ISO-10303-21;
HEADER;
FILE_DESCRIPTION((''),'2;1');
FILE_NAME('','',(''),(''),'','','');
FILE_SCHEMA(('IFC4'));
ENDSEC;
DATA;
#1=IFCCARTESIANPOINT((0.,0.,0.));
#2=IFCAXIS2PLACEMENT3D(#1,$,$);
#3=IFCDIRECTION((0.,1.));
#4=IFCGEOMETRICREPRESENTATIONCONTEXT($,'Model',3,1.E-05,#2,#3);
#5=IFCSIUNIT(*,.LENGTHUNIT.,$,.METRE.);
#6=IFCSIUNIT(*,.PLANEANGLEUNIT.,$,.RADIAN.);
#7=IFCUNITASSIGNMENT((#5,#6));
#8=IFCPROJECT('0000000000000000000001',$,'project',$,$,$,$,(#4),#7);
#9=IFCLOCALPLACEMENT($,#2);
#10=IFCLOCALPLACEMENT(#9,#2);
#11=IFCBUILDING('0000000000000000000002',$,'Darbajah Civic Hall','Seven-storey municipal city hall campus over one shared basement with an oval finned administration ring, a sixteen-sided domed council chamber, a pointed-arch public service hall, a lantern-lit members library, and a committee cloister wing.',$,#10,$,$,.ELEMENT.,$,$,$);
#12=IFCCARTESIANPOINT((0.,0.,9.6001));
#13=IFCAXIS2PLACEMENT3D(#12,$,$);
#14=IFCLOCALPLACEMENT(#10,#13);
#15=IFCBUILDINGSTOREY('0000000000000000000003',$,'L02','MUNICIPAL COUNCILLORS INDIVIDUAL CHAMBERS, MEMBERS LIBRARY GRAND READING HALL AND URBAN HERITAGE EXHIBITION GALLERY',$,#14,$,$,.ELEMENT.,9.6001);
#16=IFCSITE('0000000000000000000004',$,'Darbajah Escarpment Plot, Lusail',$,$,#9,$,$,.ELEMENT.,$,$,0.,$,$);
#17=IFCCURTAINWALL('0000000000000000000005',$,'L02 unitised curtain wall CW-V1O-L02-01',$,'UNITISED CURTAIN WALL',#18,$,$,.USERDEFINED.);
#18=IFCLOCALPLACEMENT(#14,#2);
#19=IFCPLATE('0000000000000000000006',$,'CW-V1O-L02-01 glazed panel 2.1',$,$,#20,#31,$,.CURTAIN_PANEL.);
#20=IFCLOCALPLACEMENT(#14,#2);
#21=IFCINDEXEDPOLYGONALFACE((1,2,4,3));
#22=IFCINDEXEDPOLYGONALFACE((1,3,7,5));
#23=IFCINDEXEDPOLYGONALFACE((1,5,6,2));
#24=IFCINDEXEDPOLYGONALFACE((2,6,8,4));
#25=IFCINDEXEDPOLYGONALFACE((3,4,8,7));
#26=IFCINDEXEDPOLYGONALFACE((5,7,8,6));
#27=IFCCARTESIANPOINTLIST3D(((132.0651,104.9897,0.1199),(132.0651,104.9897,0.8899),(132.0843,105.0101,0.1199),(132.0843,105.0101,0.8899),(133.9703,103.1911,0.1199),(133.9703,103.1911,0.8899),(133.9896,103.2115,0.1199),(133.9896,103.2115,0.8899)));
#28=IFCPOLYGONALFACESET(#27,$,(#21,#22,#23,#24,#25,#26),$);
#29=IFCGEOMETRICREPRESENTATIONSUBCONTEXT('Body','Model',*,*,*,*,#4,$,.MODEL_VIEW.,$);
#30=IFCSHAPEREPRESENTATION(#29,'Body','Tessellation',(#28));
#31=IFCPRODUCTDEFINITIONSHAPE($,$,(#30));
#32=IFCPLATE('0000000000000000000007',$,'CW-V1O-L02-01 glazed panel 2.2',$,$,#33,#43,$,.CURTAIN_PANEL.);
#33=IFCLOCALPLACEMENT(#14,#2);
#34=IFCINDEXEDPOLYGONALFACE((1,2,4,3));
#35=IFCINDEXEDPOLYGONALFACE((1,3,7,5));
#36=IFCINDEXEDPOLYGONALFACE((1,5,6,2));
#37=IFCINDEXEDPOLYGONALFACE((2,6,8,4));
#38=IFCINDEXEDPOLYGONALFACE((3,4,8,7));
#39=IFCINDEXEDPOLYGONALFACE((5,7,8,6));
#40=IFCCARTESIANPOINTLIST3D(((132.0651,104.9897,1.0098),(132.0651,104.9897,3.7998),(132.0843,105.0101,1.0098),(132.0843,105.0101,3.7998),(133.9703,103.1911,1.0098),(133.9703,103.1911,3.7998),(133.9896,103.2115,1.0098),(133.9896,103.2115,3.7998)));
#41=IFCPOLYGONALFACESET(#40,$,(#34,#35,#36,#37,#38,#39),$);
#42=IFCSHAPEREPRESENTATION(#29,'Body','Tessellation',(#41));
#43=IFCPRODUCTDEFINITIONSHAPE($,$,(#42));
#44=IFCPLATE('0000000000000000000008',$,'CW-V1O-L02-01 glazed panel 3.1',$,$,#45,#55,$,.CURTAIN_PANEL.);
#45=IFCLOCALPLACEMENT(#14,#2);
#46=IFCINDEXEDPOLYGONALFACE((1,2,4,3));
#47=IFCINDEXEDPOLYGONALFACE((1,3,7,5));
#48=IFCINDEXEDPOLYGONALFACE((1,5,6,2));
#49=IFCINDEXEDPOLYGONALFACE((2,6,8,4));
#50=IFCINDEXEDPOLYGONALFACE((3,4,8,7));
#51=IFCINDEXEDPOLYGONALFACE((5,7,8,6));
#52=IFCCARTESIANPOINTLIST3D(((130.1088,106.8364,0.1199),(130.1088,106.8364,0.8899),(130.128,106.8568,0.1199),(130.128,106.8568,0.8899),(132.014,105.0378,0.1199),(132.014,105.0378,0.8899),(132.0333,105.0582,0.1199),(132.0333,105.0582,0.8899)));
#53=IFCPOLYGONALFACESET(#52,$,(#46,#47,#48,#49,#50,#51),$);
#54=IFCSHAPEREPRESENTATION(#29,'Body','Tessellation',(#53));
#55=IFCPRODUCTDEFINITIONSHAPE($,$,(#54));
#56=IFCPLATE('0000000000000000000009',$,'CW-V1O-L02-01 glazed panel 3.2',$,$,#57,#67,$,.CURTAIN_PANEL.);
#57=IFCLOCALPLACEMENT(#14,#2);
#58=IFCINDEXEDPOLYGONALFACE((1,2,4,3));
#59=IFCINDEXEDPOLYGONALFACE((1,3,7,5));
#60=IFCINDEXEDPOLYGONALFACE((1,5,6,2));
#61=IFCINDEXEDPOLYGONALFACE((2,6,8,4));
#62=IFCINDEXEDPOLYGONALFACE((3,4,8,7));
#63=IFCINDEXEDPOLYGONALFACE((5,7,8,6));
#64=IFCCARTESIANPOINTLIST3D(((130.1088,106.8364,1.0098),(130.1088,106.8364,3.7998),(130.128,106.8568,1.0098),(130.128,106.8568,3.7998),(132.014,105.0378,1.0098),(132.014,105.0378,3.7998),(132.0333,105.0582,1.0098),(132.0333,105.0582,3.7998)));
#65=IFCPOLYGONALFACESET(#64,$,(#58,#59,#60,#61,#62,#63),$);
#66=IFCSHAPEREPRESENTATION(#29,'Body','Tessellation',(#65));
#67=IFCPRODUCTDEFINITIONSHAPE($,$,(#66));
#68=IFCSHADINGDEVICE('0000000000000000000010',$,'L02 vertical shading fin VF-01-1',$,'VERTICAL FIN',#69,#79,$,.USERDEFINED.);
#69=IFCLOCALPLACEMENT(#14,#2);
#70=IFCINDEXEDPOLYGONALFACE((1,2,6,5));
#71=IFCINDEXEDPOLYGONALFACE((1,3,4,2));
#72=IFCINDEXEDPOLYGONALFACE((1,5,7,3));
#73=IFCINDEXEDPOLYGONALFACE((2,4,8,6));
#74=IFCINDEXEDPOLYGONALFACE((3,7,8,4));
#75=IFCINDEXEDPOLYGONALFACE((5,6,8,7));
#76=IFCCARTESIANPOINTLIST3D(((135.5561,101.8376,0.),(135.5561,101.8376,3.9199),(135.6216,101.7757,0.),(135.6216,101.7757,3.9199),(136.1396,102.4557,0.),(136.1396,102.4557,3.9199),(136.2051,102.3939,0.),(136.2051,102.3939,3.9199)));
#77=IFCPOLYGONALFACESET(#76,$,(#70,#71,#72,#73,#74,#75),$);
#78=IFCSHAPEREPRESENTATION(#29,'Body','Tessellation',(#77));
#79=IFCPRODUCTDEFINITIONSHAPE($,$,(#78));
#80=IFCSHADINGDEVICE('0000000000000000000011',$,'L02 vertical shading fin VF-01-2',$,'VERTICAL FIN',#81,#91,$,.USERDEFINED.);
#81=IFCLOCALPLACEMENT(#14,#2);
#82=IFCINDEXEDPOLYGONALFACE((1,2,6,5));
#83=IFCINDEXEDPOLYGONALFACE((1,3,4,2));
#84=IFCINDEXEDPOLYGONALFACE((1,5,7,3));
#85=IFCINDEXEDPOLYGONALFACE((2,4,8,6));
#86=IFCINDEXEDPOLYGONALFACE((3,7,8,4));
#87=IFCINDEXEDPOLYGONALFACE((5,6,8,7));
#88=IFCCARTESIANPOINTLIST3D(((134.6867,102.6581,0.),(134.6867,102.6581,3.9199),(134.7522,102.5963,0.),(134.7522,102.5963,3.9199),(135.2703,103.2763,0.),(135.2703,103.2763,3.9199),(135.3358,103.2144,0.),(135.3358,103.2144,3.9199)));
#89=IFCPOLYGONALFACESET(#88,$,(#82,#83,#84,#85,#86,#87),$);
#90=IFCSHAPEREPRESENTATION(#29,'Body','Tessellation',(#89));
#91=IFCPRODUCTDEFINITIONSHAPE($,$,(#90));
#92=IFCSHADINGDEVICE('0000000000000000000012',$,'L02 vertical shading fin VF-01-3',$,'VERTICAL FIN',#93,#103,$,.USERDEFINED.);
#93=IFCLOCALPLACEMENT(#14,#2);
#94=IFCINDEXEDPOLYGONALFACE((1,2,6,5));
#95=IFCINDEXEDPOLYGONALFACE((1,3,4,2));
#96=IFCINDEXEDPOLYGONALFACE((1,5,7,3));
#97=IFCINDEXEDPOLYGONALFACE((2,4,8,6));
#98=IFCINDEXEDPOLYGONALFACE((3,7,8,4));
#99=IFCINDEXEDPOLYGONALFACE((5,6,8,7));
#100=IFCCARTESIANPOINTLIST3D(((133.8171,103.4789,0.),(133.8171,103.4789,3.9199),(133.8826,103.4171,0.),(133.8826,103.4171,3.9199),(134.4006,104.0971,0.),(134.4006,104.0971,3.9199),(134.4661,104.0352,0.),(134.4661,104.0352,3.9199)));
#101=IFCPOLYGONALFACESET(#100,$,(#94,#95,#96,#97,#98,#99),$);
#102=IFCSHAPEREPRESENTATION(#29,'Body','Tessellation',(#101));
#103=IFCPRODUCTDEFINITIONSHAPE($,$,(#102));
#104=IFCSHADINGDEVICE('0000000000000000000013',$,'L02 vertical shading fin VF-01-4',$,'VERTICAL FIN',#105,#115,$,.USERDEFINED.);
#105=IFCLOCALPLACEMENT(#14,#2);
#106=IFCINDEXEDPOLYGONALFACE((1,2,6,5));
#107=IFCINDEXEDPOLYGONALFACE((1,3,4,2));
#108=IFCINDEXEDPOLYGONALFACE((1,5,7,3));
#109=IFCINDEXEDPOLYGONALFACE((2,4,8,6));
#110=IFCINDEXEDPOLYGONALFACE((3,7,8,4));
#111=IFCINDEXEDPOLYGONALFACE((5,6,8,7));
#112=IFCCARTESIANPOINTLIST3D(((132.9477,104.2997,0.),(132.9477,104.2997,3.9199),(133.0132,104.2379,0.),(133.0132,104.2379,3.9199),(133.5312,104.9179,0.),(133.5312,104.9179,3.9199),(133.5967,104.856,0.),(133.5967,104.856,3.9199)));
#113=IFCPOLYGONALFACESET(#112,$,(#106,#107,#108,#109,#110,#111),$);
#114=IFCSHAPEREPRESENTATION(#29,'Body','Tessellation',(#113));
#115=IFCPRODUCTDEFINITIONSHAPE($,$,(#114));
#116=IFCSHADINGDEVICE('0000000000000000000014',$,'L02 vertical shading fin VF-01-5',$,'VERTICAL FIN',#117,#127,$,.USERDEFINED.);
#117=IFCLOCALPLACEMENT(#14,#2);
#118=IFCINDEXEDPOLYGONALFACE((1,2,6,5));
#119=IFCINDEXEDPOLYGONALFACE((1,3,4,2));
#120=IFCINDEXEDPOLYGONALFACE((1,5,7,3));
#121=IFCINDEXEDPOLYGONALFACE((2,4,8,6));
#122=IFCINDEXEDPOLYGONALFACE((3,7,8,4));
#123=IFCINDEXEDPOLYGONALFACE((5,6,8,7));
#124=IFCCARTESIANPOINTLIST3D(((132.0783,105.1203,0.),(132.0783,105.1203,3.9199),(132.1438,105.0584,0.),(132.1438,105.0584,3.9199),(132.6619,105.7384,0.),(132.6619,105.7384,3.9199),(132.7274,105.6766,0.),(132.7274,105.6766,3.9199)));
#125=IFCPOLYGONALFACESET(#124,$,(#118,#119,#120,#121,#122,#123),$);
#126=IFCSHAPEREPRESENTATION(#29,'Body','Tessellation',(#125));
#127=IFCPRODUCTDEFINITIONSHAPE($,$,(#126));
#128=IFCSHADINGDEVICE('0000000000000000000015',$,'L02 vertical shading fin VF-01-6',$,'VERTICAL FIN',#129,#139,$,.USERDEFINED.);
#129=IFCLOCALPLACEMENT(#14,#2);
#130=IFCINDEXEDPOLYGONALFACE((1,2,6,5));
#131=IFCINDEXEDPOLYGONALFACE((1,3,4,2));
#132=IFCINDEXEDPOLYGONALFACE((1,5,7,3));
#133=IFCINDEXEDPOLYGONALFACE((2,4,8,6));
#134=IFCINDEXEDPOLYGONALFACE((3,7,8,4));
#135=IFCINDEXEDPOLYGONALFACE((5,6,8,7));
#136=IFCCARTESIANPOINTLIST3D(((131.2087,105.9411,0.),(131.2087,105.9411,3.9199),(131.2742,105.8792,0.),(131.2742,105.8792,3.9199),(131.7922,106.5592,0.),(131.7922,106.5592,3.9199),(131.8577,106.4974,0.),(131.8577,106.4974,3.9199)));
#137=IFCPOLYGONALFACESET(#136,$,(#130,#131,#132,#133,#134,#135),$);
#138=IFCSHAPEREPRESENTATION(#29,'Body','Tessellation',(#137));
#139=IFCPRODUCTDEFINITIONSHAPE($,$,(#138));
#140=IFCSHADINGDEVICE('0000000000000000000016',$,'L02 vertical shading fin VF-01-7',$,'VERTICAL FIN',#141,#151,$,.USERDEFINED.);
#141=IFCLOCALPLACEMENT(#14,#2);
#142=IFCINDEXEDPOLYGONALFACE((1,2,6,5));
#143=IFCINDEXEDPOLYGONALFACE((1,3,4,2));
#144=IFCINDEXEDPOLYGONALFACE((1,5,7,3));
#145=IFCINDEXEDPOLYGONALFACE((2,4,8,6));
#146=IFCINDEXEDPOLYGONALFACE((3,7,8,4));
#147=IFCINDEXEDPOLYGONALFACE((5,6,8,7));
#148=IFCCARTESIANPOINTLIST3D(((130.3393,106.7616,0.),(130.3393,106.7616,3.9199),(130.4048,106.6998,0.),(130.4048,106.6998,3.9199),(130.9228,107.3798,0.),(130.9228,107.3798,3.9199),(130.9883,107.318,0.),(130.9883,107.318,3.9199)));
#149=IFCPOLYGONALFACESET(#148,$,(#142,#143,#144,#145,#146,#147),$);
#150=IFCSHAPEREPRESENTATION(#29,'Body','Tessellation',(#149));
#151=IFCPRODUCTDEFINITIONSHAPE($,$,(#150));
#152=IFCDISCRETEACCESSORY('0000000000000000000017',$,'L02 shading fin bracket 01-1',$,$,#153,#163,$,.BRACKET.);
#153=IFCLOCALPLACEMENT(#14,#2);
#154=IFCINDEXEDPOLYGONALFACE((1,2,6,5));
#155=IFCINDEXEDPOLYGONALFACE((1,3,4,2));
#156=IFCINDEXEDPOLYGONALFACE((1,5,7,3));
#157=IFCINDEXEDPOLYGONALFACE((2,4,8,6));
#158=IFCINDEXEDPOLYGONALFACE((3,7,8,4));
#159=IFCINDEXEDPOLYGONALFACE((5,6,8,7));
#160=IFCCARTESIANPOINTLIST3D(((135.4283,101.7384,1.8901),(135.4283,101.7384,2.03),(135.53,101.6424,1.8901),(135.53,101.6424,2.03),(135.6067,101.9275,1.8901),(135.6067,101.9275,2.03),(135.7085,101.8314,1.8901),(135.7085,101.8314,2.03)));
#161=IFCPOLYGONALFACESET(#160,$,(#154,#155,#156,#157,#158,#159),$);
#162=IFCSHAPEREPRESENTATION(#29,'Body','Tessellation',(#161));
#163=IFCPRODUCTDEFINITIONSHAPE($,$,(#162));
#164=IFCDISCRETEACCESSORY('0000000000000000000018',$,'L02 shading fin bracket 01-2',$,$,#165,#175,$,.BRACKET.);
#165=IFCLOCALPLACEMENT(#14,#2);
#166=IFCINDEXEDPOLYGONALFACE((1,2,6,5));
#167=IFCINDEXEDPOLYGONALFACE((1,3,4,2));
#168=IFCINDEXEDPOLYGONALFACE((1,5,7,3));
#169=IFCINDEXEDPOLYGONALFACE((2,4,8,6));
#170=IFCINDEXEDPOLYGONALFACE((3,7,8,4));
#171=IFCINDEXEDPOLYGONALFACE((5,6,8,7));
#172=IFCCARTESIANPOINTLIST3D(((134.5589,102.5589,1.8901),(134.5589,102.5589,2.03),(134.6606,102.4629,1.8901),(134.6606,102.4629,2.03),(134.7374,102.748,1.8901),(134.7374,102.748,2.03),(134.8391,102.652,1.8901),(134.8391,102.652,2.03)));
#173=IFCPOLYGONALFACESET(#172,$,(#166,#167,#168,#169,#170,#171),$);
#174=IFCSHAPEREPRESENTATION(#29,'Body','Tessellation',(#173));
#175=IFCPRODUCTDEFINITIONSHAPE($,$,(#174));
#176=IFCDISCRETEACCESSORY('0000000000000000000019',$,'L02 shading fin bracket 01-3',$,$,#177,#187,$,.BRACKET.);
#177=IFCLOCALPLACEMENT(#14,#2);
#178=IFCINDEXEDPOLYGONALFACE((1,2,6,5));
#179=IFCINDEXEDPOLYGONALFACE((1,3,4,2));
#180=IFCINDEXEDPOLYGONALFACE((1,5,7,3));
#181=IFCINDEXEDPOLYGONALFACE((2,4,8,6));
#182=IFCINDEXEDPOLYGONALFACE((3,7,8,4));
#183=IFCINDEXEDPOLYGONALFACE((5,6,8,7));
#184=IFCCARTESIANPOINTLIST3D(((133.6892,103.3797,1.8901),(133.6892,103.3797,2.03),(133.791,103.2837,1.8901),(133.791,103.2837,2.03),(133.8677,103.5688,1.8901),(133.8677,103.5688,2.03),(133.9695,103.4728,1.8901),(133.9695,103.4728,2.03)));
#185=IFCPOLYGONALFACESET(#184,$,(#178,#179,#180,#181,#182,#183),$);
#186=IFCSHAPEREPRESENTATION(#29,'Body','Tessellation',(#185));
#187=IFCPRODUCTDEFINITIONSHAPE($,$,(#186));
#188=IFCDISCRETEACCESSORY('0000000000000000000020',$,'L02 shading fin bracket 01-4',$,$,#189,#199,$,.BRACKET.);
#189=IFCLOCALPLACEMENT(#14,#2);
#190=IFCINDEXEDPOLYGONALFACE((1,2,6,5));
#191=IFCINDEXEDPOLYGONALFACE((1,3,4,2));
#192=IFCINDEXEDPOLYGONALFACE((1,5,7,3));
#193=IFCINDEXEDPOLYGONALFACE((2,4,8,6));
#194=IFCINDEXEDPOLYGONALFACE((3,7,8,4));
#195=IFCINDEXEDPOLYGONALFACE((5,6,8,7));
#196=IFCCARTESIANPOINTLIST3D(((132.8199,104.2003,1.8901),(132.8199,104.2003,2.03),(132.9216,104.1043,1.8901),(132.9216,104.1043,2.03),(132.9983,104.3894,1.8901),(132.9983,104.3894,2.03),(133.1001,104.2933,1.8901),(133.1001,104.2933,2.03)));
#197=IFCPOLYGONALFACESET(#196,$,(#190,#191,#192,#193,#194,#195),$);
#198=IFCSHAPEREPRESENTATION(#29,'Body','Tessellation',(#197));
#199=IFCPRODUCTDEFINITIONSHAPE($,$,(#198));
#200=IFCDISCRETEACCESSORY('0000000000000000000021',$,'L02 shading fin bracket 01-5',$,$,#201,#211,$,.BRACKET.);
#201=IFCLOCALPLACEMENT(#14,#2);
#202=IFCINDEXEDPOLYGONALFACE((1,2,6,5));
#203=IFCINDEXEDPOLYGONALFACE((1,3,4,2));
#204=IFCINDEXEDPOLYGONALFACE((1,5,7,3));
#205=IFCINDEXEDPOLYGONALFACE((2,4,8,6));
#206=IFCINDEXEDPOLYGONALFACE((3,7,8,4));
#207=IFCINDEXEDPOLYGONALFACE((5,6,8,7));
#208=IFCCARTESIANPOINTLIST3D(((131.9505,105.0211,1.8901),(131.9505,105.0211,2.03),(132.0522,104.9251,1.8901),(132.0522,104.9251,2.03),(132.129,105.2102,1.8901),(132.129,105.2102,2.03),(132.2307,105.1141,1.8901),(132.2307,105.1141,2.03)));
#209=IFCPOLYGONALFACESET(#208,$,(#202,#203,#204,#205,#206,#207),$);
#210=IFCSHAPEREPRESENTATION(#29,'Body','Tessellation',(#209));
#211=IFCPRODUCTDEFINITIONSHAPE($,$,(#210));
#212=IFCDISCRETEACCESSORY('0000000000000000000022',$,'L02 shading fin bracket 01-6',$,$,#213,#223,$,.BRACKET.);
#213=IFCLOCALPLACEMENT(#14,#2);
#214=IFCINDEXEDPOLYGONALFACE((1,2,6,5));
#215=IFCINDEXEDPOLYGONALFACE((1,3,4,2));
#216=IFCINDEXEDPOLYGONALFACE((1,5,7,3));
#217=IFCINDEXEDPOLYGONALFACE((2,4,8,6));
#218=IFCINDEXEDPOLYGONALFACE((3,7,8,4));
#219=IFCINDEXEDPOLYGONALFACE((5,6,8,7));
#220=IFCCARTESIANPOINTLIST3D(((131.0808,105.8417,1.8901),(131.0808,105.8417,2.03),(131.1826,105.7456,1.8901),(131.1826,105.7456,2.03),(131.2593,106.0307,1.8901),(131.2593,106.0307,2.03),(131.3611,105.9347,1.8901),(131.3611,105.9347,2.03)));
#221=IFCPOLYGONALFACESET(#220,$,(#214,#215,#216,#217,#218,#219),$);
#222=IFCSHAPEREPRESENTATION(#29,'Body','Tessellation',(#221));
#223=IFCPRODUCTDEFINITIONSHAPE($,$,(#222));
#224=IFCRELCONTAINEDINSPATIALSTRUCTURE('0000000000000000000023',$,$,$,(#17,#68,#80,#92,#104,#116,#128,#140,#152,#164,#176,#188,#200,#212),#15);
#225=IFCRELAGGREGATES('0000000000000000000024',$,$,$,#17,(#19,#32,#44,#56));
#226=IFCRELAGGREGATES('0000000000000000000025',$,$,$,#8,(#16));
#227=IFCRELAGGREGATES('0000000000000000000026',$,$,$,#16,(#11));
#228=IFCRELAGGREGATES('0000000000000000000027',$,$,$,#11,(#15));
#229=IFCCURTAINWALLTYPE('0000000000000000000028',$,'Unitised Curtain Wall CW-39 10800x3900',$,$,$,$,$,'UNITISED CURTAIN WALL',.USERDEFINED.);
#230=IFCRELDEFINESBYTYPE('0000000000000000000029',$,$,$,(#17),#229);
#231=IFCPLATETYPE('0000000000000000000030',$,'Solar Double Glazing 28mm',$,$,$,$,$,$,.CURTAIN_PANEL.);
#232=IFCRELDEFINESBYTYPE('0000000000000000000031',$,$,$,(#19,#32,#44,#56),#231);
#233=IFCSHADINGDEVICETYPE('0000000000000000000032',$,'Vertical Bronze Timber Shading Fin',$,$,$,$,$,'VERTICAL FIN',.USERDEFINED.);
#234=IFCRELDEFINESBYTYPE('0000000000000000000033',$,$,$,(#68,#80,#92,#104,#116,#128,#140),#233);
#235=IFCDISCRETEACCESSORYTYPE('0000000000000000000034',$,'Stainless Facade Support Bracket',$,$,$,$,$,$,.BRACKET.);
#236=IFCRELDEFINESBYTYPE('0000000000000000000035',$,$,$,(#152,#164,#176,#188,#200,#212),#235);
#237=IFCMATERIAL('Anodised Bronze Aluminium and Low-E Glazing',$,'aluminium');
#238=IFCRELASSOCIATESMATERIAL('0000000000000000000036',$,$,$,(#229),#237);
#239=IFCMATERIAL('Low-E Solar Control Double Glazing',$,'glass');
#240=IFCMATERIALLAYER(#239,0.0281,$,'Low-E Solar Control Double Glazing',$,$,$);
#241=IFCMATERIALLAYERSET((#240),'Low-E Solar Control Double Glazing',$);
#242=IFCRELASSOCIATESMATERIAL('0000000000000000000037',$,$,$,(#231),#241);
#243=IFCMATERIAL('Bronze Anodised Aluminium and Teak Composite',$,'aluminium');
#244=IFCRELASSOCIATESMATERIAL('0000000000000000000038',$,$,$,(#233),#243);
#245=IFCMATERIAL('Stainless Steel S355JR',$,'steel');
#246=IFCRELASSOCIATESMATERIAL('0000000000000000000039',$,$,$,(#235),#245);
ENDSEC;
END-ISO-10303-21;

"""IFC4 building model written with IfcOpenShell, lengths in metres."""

from ifc_helpers import new_model, si_unit, direction, frame, origin, origin_2d, place, context, subcontext, project, spatial, rectangle, extrude, material, layer, layer_set, type_object, element, aggregate, save


model = new_model("IFC4")

# Units and contexts
model_context = context("Model", 3, precision=1e-05, world=origin(), true_north=direction((0.0, 1.0)))
body_context = subcontext(model_context, "Body", "Model", "MODEL_VIEW")
ifc_project = project(units=[si_unit("LENGTHUNIT", "METRE"), si_unit("PLANEANGLEUNIT", "RADIAN")], contexts=[model_context])

# Site, building, storey
site_placement = place(None, origin())
site = spatial("IfcSite", under=ifc_project, at=site_placement, Name="Darbajah Escarpment Plot, Lusail", CompositionType="ELEMENT", RefElevation=0.0)
building_placement = place(site_placement, origin())
building = spatial("IfcBuilding", under=site, at=building_placement, Name="Darbajah Civic Hall", Description="Seven-storey municipal city hall campus over one shared basement with an oval finned administration ring, a sixteen-sided domed council chamber, a pointed-arch public service hall, a lantern-lit members library, and a committee cloister wing.", CompositionType="ELEMENT")
storey_placement = place(building_placement, frame((0.0, 0.0, 9.6001)))
storey = spatial("IfcBuildingStorey", under=building, at=storey_placement, Name="L02", Description="MUNICIPAL COUNCILLORS INDIVIDUAL CHAMBERS, MEMBERS LIBRARY GRAND READING HALL AND URBAN HERITAGE EXHIBITION GALLERY", CompositionType="ELEMENT", Elevation=9.6001)

# Shared definitions
ifc_material_1 = material(Name="Anodised Bronze Aluminium and Low-E Glazing", Category="aluminium")

# Curtain wall
curtain_wall_type_1 = type_object("IfcCurtainWallType", Name="Unitised Curtain Wall CW-39 10800x3900", ElementType="UNITISED CURTAIN WALL", PredefinedType="USERDEFINED", material=ifc_material_1)
curtain_wall_1_placement = place(storey_placement, origin())
curtain_wall_1 = element("IfcCurtainWall", 1, at=curtain_wall_1_placement, inside=storey, type_object=curtain_wall_type_1, Name="L02 unitised curtain wall CW-V1O-L02-01", ObjectType="UNITISED CURTAIN WALL", PredefinedType="USERDEFINED")

# Plates
ifc_material_2 = material(Name="Low-E Solar Control Double Glazing", Category="glass")
ifc_layer = layer(ifc_material_2, 0.0281, Name="Low-E Solar Control Double Glazing")
ifc_layer_set = layer_set([ifc_layer], Name="Low-E Solar Control Double Glazing")
plate_type = type_object("IfcPlateType", Name="Solar Double Glazing 28mm", PredefinedType="CURTAIN_PANEL", material=ifc_layer_set)
plate_1_placement = place(storey_placement, frame((133.0273, 104.1006, 0.1199), z_axis=(0.0, 0.0, 1.0), x_axis=(-0.727174, 0.686453, 0.0)))
plate_1 = element("IfcPlate", 2, at=plate_1_placement, type_object=plate_type, Name="CW-V1O-L02-01 glazed panel 2.1", PredefinedType="CURTAIN_PANEL", context=body_context, shape_type="SweptSolid", body=[
    extrude(rectangle(XDim=2.6201, YDim=0.0281, at=origin_2d()), origin(), (0.0, 0.0, 1.0), 0.77),
])
plate_2_placement = place(storey_placement, frame((133.0273, 104.1006, 1.0098), z_axis=(0.0, 0.0, 1.0), x_axis=(-0.727174, 0.686453, 0.0)))
plate_2 = element("IfcPlate", 3, at=plate_2_placement, type_object=plate_type, Name="CW-V1O-L02-01 glazed panel 2.2", PredefinedType="CURTAIN_PANEL", context=body_context, shape_type="SweptSolid", body=[
    extrude(rectangle(XDim=2.6201, YDim=0.0281, at=origin_2d()), origin(), (0.0, 0.0, 1.0), 2.79),
])
plate_3_placement = place(storey_placement, frame((131.071, 105.9473, 0.1199), z_axis=(0.0, 0.0, 1.0), x_axis=(-0.727174, 0.686453, 0.0)))
plate_3 = element("IfcPlate", 4, at=plate_3_placement, type_object=plate_type, Name="CW-V1O-L02-01 glazed panel 3.1", PredefinedType="CURTAIN_PANEL", context=body_context, shape_type="SweptSolid", body=[
    extrude(rectangle(XDim=2.6201, YDim=0.0281, at=origin_2d()), origin(), (0.0, 0.0, 1.0), 0.77),
])
plate_4_placement = place(storey_placement, frame((131.071, 105.9473, 1.0098), z_axis=(0.0, 0.0, 1.0), x_axis=(-0.727174, 0.686453, 0.0)))
plate_4 = element("IfcPlate", 5, at=plate_4_placement, type_object=plate_type, Name="CW-V1O-L02-01 glazed panel 3.2", PredefinedType="CURTAIN_PANEL", context=body_context, shape_type="SweptSolid", body=[
    extrude(rectangle(XDim=2.6201, YDim=0.0281, at=origin_2d()), origin(), (0.0, 0.0, 1.0), 2.79),
])
aggregate(curtain_wall_1, [plate_1, plate_2, plate_3, plate_4])

# Shading devices
ifc_material_3 = material(Name="Bronze Anodised Aluminium and Teak Composite", Category="aluminium")
shading_device_type = type_object("IfcShadingDeviceType", Name="Vertical Bronze Timber Shading Fin", ElementType="VERTICAL FIN", PredefinedType="USERDEFINED", material=ifc_material_3)
for number, where, z_axis, x_axis, name in (
    (6, (135.8806, 102.1157, 0.0), (0.0, 0.0, 1.0), (0.686453, 0.727174, 0.0), "L02 vertical shading fin VF-01-1"),
    (7, (135.0112, 102.9363, 0.0), (0.0, 0.0, 1.0), (0.686453, 0.727174, 0.0), "L02 vertical shading fin VF-01-2"),
    (8, (134.1416, 103.7571, 0.0), (0.0, 0.0, 1.0), (0.686453, 0.727174, 0.0), "L02 vertical shading fin VF-01-3"),
    (9, (133.2722, 104.5779, 0.0), (0.0, 0.0, 1.0), (0.686453, 0.727174, 0.0), "L02 vertical shading fin VF-01-4"),
    (10, (132.4028, 105.3984, 0.0), (0.0, 0.0, 1.0), (0.686453, 0.727174, 0.0), "L02 vertical shading fin VF-01-5"),
    (11, (131.5332, 106.2192, 0.0), (0.0, 0.0, 1.0), (0.686453, 0.727174, 0.0), "L02 vertical shading fin VF-01-6"),
    (12, (130.6638, 107.0398, 0.0), (0.0, 0.0, 1.0), (0.686453, 0.727174, 0.0), "L02 vertical shading fin VF-01-7"),
):
    element("IfcShadingDevice", number, at=place(storey_placement, frame(where, z_axis=z_axis, x_axis=x_axis)), inside=storey, type_object=shading_device_type, Name=name, ObjectType="VERTICAL FIN", PredefinedType="USERDEFINED", context=body_context, shape_type="SweptSolid", body=[
        extrude(rectangle(XDim=0.8501, YDim=0.0901, at=origin_2d()), origin(), (0.0, 0.0, 1.0), 3.9199),
    ])

# Discrete accessories
ifc_material_4 = material(Name="Stainless Steel S355JR", Category="steel")
discrete_accessory_type = type_object("IfcDiscreteAccessoryType", Name="Stainless Facade Support Bracket", PredefinedType="BRACKET", material=ifc_material_4)
for number, where, z_axis, x_axis, name in (
    (13, (135.5684, 101.7849, 1.8901), (0.0, 0.0, 1.0), (0.686453, 0.727174, 0.0), "L02 shading fin bracket 01-1"),
    (14, (134.699, 102.6055, 1.8901), (0.0, 0.0, 1.0), (0.686453, 0.727174, 0.0), "L02 shading fin bracket 01-2"),
    (15, (133.8293, 103.4263, 1.8901), (0.0, 0.0, 1.0), (0.686453, 0.727174, 0.0), "L02 shading fin bracket 01-3"),
    (16, (132.96, 104.2468, 1.8901), (0.0, 0.0, 1.0), (0.686453, 0.727174, 0.0), "L02 shading fin bracket 01-4"),
    (17, (132.0906, 105.0676, 1.8901), (0.0, 0.0, 1.0), (0.686453, 0.727174, 0.0), "L02 shading fin bracket 01-5"),
    (18, (131.2209, 105.8882, 1.8901), (0.0, 0.0, 1.0), (0.686453, 0.727174, 0.0), "L02 shading fin bracket 01-6"),
):
    element("IfcDiscreteAccessory", number, at=place(storey_placement, frame(where, z_axis=z_axis, x_axis=x_axis)), inside=storey, type_object=discrete_accessory_type, Name=name, PredefinedType="BRACKET", context=body_context, shape_type="SweptSolid", body=[
        extrude(rectangle(XDim=0.26, YDim=0.1399, at=origin_2d()), origin(), (0.0, 0.0, 1.0), 0.1399),
    ])

save(model, "model.ifc")
